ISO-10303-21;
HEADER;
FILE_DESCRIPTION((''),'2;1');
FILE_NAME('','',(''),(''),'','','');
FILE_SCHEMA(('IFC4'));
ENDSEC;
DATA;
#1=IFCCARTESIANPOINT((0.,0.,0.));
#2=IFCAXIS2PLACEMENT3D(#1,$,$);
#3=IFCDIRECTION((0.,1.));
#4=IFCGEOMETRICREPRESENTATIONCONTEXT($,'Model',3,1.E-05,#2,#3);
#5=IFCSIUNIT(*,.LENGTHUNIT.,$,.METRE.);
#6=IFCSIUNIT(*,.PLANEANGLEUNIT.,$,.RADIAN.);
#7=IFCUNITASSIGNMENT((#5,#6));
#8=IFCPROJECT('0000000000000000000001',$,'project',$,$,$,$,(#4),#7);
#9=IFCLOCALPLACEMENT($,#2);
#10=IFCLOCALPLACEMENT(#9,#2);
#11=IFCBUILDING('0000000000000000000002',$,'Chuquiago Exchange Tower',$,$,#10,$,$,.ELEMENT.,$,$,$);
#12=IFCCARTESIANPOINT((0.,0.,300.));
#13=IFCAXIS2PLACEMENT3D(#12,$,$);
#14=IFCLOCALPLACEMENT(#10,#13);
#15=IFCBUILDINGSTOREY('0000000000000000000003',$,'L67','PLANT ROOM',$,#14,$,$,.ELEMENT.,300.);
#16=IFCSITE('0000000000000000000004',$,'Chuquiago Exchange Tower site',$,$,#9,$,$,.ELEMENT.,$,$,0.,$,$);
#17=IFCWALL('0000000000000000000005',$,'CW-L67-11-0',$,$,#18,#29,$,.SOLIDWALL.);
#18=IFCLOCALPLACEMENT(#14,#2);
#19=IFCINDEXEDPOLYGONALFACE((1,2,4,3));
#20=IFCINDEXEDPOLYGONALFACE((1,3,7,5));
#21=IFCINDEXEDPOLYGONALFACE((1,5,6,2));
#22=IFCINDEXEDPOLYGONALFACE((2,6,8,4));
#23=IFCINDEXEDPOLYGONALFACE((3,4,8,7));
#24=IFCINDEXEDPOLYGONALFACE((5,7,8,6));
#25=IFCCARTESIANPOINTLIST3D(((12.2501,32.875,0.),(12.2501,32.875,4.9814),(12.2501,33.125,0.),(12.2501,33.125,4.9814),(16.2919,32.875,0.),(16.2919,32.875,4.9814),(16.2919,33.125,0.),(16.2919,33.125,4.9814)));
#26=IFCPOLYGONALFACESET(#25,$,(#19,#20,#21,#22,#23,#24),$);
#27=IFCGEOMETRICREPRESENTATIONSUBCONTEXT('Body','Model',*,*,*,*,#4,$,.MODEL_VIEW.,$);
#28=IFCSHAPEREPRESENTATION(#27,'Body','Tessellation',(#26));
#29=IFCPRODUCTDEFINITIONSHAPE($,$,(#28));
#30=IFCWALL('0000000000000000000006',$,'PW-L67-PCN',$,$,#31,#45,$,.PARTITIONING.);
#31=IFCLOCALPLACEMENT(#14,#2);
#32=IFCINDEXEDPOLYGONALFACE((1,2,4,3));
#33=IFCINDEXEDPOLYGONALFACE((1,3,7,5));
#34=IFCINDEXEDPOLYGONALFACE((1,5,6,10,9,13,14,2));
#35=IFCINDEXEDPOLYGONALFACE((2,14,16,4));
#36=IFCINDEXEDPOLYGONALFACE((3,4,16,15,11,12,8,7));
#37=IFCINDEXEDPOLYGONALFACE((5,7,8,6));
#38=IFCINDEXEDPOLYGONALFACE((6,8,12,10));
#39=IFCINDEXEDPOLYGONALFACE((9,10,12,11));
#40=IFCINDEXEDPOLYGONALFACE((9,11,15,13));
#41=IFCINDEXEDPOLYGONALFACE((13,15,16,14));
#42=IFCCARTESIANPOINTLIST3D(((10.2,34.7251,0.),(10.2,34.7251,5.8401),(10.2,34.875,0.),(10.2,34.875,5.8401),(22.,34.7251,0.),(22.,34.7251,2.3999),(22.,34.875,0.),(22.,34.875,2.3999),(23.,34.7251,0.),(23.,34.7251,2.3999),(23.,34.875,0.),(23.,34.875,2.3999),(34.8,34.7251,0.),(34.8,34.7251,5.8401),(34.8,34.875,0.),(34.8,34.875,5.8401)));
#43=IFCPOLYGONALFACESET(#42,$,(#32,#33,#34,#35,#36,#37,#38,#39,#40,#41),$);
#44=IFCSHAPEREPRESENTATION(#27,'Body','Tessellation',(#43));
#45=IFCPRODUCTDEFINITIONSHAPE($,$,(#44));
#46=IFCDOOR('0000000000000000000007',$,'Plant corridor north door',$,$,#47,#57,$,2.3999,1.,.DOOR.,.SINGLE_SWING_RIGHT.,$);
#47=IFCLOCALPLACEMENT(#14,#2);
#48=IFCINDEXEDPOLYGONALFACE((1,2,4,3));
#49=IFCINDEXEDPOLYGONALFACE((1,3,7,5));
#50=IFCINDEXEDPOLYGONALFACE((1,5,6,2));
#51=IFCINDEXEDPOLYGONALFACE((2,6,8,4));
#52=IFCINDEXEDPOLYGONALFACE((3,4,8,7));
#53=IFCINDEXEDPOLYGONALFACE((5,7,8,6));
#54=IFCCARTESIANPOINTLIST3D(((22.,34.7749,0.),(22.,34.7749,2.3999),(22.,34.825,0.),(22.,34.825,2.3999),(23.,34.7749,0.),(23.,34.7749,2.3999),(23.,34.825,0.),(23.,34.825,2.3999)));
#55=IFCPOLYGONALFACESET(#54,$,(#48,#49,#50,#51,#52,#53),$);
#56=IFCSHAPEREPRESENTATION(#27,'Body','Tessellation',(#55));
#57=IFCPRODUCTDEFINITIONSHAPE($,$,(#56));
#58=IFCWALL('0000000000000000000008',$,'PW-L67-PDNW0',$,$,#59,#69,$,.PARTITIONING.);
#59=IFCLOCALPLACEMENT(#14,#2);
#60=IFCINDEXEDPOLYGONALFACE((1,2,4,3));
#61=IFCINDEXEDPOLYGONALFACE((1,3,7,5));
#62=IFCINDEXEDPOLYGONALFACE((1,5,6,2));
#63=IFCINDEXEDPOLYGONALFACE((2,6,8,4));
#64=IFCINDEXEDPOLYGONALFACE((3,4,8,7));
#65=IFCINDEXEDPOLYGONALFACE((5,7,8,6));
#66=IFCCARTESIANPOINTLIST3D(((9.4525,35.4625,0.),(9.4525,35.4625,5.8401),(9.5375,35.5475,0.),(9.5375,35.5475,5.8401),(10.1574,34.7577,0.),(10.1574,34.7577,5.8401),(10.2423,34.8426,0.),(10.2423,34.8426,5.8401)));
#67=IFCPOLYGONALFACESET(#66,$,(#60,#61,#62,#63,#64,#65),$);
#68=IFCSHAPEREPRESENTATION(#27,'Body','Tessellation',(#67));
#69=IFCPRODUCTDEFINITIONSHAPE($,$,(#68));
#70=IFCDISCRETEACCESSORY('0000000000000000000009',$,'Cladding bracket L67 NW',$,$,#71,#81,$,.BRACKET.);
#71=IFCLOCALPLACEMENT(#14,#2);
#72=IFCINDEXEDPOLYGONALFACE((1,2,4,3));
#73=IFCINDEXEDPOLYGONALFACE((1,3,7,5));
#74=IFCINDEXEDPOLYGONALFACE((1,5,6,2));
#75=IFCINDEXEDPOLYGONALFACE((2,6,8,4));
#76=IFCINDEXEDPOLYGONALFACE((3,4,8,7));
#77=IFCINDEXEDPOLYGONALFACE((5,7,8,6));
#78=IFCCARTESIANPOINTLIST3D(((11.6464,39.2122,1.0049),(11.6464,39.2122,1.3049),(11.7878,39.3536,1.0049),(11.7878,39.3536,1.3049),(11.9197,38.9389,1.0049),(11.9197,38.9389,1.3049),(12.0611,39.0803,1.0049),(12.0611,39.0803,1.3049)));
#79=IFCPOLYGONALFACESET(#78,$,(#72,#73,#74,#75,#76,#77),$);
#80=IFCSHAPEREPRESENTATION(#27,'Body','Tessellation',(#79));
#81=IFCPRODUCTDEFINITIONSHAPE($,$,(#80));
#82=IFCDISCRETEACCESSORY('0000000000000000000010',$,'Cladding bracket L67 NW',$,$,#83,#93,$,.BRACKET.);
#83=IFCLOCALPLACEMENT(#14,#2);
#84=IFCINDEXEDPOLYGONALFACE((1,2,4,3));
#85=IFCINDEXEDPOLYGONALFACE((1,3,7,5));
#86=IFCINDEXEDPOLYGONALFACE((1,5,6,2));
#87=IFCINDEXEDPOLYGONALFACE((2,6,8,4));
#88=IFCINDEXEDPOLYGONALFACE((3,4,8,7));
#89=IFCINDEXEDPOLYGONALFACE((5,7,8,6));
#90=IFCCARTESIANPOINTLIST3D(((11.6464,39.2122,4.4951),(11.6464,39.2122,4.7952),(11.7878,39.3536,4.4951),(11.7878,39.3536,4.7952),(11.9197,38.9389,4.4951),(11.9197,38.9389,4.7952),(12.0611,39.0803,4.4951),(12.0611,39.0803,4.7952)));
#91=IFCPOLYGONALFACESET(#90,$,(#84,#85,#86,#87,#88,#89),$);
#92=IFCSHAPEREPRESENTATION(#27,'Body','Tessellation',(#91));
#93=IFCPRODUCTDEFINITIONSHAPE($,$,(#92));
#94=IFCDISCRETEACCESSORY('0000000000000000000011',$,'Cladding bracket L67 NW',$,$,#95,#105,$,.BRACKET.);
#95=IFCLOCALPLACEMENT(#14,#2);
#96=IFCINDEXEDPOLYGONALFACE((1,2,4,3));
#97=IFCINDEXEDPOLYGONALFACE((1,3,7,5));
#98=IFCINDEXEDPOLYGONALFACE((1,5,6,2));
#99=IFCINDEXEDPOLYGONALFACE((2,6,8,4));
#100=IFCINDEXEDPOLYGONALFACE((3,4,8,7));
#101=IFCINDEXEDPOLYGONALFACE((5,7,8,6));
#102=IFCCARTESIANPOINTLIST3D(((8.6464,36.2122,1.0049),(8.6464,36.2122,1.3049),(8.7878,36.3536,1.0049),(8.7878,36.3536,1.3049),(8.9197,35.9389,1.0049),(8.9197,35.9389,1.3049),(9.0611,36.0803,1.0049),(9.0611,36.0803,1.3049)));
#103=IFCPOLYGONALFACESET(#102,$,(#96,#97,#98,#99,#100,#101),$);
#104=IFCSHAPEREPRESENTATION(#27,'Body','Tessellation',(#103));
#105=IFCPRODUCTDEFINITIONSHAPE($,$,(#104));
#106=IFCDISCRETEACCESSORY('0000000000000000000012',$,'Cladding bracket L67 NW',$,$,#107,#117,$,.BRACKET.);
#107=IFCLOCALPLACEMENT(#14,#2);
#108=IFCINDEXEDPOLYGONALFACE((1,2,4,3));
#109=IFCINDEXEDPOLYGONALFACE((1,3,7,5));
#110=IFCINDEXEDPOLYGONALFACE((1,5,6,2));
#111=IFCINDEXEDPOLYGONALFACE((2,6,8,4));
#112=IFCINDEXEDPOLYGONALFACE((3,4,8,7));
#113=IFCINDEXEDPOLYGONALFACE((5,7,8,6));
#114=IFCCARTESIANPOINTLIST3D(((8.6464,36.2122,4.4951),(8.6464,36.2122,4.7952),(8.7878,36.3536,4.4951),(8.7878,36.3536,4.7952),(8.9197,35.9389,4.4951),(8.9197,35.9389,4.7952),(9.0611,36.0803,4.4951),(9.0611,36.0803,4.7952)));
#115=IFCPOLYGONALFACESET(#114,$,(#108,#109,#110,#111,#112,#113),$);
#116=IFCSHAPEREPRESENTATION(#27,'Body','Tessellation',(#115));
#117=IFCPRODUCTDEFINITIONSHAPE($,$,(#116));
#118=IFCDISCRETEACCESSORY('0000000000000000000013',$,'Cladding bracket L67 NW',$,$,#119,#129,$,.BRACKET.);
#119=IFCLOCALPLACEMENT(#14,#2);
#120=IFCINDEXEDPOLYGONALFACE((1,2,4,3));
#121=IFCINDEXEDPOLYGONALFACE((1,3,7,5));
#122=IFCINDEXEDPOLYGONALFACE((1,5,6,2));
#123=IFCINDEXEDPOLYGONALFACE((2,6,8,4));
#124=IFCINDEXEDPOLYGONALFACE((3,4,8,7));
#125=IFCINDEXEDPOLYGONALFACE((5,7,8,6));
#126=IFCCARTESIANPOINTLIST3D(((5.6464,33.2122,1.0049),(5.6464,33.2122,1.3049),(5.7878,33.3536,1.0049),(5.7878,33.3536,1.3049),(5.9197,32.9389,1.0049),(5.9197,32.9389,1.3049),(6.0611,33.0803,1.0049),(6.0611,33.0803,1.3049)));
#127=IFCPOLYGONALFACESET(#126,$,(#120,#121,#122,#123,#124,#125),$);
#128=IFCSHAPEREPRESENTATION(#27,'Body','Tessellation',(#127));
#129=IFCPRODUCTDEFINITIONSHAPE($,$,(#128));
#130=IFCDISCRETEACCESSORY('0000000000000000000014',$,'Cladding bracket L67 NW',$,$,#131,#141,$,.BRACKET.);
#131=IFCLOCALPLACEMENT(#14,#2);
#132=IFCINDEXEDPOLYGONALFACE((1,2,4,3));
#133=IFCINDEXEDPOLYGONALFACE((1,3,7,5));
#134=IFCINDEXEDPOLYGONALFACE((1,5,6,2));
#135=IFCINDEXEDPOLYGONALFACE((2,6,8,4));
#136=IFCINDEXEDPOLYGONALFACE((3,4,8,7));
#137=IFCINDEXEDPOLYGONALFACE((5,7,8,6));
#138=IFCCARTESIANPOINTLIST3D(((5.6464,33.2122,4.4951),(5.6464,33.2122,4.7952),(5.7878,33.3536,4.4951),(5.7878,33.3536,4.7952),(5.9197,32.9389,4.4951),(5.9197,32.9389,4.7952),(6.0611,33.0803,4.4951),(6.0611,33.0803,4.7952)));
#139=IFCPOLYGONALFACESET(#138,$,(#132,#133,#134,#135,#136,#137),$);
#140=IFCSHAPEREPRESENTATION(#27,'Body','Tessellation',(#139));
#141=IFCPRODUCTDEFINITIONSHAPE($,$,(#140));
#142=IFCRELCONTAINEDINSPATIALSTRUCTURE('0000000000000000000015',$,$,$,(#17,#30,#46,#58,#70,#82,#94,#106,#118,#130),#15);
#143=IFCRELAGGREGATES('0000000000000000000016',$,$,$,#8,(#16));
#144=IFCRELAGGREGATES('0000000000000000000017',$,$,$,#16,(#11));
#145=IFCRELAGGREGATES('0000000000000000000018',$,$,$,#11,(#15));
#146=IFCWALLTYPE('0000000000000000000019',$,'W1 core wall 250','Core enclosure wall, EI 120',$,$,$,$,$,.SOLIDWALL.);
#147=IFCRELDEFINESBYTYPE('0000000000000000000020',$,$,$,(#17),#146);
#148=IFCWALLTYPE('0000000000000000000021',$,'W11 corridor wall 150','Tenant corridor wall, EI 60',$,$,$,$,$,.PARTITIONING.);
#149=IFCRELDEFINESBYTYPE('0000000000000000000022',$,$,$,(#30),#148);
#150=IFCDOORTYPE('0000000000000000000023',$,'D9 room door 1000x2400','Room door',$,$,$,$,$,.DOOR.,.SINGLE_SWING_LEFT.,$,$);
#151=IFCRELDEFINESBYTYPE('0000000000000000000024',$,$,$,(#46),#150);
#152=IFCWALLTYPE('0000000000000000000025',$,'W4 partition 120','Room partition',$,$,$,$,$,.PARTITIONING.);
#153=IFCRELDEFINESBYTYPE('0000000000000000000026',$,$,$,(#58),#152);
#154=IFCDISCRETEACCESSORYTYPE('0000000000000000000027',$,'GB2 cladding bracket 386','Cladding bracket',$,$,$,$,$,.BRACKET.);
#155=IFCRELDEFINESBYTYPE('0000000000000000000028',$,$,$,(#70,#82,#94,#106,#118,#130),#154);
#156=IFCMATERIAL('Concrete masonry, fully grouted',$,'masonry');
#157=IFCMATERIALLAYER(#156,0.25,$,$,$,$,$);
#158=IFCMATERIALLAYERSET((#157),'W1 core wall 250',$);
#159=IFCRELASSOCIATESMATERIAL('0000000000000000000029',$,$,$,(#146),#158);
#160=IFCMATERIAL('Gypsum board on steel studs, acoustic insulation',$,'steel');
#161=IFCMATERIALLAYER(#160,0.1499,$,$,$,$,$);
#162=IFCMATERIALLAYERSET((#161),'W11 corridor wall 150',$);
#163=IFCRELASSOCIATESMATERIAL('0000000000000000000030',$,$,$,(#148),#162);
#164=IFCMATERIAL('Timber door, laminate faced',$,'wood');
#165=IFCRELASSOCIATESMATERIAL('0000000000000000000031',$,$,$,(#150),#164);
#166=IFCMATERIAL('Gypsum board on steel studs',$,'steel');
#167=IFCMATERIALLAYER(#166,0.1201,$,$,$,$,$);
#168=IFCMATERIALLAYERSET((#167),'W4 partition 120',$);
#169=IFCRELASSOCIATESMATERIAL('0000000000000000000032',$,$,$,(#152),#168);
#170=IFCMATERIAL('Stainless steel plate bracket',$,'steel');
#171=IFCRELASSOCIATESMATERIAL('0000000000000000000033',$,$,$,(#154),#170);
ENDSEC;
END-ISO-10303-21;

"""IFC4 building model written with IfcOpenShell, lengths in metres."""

from ifc_helpers import new_model, si_unit, direction, frame, frame_2d, origin, origin_2d, place, context, subcontext, project, spatial, rectangle, extrude, material, layer, layer_set, type_object, element, fill, save


model = new_model("IFC4")

# Units and contexts
model_context = context("Model", 3, precision=1e-05, world=origin(), true_north=direction((0.0, 1.0)))
body_context = subcontext(model_context, "Body", "Model", "MODEL_VIEW")
ifc_project = project(units=[si_unit("LENGTHUNIT", "METRE"), si_unit("PLANEANGLEUNIT", "RADIAN")], contexts=[model_context])

# Site, building, storey
site_placement = place(None, origin())
site = spatial("IfcSite", under=ifc_project, at=site_placement, Name="Chuquiago Exchange Tower site", CompositionType="ELEMENT", RefElevation=0.0)
building_placement = place(site_placement, origin())
building = spatial("IfcBuilding", under=site, at=building_placement, Name="Chuquiago Exchange Tower", CompositionType="ELEMENT")
storey_placement = place(building_placement, frame((0.0, 0.0, 300.0)))
storey = spatial("IfcBuildingStorey", under=building, at=storey_placement, Name="L67", Description="PLANT ROOM", CompositionType="ELEMENT", Elevation=300.0)

# Wall
ifc_material_1 = material(Name="Concrete masonry, fully grouted", Category="masonry")
ifc_layer_1 = layer(ifc_material_1, 0.25)
ifc_layer_set_1 = layer_set([ifc_layer_1], Name="W1 core wall 250")
wall_type_1 = type_object("IfcWallType", Name="W1 core wall 250", Description="Core enclosure wall, EI 120", PredefinedType="SOLIDWALL", material=ifc_layer_set_1)
wall_1_placement = place(storey_placement, frame((12.25, 33.0, 0.0), z_axis=(0.0, 0.0, 1.0), x_axis=(1.0, 0.0, 0.0)))
element("IfcWall", 1, at=wall_1_placement, inside=storey, type_object=wall_type_1, Name="CW-L67-11-0", PredefinedType="SOLIDWALL", context=body_context, shape_type="SweptSolid", body=[
    extrude(rectangle(XDim=4.0417, YDim=0.25, at=frame_2d((2.021, 0.0))), origin(), (0.0, 0.0, 1.0), 4.9814),
])

# Wall, opening, door
ifc_material_2 = material(Name="Gypsum board on steel studs, acoustic insulation", Category="steel")
ifc_layer_2 = layer(ifc_material_2, 0.1499)
ifc_layer_set_2 = layer_set([ifc_layer_2], Name="W11 corridor wall 150")
wall_type_2 = type_object("IfcWallType", Name="W11 corridor wall 150", Description="Tenant corridor wall, EI 60", PredefinedType="PARTITIONING", material=ifc_layer_set_2)
wall_2_placement = place(storey_placement, frame((10.2, 34.8, 0.0), z_axis=(0.0, 0.0, 1.0), x_axis=(1.0, 0.0, 0.0)))
wall_2 = element("IfcWall", 2, at=wall_2_placement, inside=storey, type_object=wall_type_2, Name="PW-L67-PCN", PredefinedType="PARTITIONING", context=body_context, shape_type="SweptSolid", body=[
    extrude(rectangle(XDim=24.6001, YDim=0.1499, at=frame_2d((12.3, 0.0))), origin(), (0.0, 0.0, 1.0), 5.8401),
])
opening_placement = place(wall_2_placement, frame((11.8, 0.0, 0.0)))
opening = element("IfcOpeningElement", 3, at=opening_placement, cuts=wall_2, PredefinedType="OPENING", context=body_context, shape_type="SweptSolid", body=[
    extrude(rectangle(XDim=1.0, YDim=2.3999, at=frame_2d((0.5, 1.2))), frame((0.0, 0.085, 0.0), z_axis=(0.0, -1.0, 0.0), x_axis=(1.0, 0.0, 0.0)), (0.0, 0.0, 1.0), 0.1699),
])
ifc_material_3 = material(Name="Timber door, laminate faced", Category="wood")
door_type = type_object("IfcDoorType", Name="D9 room door 1000x2400", Description="Room door", OperationType="SINGLE_SWING_LEFT", PredefinedType="DOOR", material=ifc_material_3)
door_placement = place(opening_placement, origin())
door = element("IfcDoor", 4, at=door_placement, inside=storey, type_object=door_type, Name="Plant corridor north door", OperationType="SINGLE_SWING_RIGHT", OverallHeight=2.3999, OverallWidth=1.0, PredefinedType="DOOR", context=body_context, shape_type="SweptSolid", body=[
    extrude(rectangle(XDim=1.0, YDim=2.3999, at=frame_2d((0.5, 1.2))), frame((0.0, 0.0249, 0.0), z_axis=(0.0, -1.0, 0.0), x_axis=(1.0, 0.0, 0.0)), (0.0, 0.0, 1.0), 0.05),
])
fill(opening, door)

# Wall
ifc_material_4 = material(Name="Gypsum board on steel studs", Category="steel")
ifc_layer_3 = layer(ifc_material_4, 0.1201)
ifc_layer_set_3 = layer_set([ifc_layer_3], Name="W4 partition 120")
wall_type_3 = type_object("IfcWallType", Name="W4 partition 120", Description="Room partition", PredefinedType="PARTITIONING", material=ifc_layer_set_3)
wall_3_placement = place(storey_placement, frame((10.2, 34.8, 0.0), z_axis=(0.0, 0.0, 1.0), x_axis=(-0.707107, 0.707107, 0.0)))
element("IfcWall", 5, at=wall_3_placement, inside=storey, type_object=wall_type_3, Name="PW-L67-PDNW0", PredefinedType="PARTITIONING", context=body_context, shape_type="SweptSolid", body=[
    extrude(rectangle(XDim=0.9968, YDim=0.1201, at=frame_2d((0.4985, 0.0))), origin(), (0.0, 0.0, 1.0), 5.8401),
])

# Discrete accessories
ifc_material_5 = material(Name="Stainless steel plate bracket", Category="steel")
discrete_accessory_type = type_object("IfcDiscreteAccessoryType", Name="GB2 cladding bracket 386", Description="Cladding bracket", PredefinedType="BRACKET", material=ifc_material_5)
for number, where, z_axis, x_axis, name in (
    (6, (11.8538, 39.1462, 1.0049), (0.0, 0.0, 1.0), (-0.707107, -0.707107, 0.0), "Cladding bracket L67 NW"),
    (7, (11.8538, 39.1462, 4.4951), (0.0, 0.0, 1.0), (-0.707107, -0.707107, 0.0), "Cladding bracket L67 NW"),
    (8, (8.8538, 36.1462, 1.0049), (0.0, 0.0, 1.0), (-0.707107, -0.707107, 0.0), "Cladding bracket L67 NW"),
    (9, (8.8538, 36.1462, 4.4951), (0.0, 0.0, 1.0), (-0.707107, -0.707107, 0.0), "Cladding bracket L67 NW"),
    (10, (5.8538, 33.1462, 1.0049), (0.0, 0.0, 1.0), (-0.707107, -0.707107, 0.0), "Cladding bracket L67 NW"),
    (11, (5.8538, 33.1462, 4.4951), (0.0, 0.0, 1.0), (-0.707107, -0.707107, 0.0), "Cladding bracket L67 NW"),
):
    element("IfcDiscreteAccessory", number, at=place(storey_placement, frame(where, z_axis=z_axis, x_axis=x_axis)), inside=storey, type_object=discrete_accessory_type, Name=name, PredefinedType="BRACKET", context=body_context, shape_type="SweptSolid", body=[
        extrude(rectangle(XDim=0.2, YDim=0.3865, at=origin_2d()), origin(), (0.0, 0.0, 1.0), 0.3),
    ])

save(model, "model.ifc")
